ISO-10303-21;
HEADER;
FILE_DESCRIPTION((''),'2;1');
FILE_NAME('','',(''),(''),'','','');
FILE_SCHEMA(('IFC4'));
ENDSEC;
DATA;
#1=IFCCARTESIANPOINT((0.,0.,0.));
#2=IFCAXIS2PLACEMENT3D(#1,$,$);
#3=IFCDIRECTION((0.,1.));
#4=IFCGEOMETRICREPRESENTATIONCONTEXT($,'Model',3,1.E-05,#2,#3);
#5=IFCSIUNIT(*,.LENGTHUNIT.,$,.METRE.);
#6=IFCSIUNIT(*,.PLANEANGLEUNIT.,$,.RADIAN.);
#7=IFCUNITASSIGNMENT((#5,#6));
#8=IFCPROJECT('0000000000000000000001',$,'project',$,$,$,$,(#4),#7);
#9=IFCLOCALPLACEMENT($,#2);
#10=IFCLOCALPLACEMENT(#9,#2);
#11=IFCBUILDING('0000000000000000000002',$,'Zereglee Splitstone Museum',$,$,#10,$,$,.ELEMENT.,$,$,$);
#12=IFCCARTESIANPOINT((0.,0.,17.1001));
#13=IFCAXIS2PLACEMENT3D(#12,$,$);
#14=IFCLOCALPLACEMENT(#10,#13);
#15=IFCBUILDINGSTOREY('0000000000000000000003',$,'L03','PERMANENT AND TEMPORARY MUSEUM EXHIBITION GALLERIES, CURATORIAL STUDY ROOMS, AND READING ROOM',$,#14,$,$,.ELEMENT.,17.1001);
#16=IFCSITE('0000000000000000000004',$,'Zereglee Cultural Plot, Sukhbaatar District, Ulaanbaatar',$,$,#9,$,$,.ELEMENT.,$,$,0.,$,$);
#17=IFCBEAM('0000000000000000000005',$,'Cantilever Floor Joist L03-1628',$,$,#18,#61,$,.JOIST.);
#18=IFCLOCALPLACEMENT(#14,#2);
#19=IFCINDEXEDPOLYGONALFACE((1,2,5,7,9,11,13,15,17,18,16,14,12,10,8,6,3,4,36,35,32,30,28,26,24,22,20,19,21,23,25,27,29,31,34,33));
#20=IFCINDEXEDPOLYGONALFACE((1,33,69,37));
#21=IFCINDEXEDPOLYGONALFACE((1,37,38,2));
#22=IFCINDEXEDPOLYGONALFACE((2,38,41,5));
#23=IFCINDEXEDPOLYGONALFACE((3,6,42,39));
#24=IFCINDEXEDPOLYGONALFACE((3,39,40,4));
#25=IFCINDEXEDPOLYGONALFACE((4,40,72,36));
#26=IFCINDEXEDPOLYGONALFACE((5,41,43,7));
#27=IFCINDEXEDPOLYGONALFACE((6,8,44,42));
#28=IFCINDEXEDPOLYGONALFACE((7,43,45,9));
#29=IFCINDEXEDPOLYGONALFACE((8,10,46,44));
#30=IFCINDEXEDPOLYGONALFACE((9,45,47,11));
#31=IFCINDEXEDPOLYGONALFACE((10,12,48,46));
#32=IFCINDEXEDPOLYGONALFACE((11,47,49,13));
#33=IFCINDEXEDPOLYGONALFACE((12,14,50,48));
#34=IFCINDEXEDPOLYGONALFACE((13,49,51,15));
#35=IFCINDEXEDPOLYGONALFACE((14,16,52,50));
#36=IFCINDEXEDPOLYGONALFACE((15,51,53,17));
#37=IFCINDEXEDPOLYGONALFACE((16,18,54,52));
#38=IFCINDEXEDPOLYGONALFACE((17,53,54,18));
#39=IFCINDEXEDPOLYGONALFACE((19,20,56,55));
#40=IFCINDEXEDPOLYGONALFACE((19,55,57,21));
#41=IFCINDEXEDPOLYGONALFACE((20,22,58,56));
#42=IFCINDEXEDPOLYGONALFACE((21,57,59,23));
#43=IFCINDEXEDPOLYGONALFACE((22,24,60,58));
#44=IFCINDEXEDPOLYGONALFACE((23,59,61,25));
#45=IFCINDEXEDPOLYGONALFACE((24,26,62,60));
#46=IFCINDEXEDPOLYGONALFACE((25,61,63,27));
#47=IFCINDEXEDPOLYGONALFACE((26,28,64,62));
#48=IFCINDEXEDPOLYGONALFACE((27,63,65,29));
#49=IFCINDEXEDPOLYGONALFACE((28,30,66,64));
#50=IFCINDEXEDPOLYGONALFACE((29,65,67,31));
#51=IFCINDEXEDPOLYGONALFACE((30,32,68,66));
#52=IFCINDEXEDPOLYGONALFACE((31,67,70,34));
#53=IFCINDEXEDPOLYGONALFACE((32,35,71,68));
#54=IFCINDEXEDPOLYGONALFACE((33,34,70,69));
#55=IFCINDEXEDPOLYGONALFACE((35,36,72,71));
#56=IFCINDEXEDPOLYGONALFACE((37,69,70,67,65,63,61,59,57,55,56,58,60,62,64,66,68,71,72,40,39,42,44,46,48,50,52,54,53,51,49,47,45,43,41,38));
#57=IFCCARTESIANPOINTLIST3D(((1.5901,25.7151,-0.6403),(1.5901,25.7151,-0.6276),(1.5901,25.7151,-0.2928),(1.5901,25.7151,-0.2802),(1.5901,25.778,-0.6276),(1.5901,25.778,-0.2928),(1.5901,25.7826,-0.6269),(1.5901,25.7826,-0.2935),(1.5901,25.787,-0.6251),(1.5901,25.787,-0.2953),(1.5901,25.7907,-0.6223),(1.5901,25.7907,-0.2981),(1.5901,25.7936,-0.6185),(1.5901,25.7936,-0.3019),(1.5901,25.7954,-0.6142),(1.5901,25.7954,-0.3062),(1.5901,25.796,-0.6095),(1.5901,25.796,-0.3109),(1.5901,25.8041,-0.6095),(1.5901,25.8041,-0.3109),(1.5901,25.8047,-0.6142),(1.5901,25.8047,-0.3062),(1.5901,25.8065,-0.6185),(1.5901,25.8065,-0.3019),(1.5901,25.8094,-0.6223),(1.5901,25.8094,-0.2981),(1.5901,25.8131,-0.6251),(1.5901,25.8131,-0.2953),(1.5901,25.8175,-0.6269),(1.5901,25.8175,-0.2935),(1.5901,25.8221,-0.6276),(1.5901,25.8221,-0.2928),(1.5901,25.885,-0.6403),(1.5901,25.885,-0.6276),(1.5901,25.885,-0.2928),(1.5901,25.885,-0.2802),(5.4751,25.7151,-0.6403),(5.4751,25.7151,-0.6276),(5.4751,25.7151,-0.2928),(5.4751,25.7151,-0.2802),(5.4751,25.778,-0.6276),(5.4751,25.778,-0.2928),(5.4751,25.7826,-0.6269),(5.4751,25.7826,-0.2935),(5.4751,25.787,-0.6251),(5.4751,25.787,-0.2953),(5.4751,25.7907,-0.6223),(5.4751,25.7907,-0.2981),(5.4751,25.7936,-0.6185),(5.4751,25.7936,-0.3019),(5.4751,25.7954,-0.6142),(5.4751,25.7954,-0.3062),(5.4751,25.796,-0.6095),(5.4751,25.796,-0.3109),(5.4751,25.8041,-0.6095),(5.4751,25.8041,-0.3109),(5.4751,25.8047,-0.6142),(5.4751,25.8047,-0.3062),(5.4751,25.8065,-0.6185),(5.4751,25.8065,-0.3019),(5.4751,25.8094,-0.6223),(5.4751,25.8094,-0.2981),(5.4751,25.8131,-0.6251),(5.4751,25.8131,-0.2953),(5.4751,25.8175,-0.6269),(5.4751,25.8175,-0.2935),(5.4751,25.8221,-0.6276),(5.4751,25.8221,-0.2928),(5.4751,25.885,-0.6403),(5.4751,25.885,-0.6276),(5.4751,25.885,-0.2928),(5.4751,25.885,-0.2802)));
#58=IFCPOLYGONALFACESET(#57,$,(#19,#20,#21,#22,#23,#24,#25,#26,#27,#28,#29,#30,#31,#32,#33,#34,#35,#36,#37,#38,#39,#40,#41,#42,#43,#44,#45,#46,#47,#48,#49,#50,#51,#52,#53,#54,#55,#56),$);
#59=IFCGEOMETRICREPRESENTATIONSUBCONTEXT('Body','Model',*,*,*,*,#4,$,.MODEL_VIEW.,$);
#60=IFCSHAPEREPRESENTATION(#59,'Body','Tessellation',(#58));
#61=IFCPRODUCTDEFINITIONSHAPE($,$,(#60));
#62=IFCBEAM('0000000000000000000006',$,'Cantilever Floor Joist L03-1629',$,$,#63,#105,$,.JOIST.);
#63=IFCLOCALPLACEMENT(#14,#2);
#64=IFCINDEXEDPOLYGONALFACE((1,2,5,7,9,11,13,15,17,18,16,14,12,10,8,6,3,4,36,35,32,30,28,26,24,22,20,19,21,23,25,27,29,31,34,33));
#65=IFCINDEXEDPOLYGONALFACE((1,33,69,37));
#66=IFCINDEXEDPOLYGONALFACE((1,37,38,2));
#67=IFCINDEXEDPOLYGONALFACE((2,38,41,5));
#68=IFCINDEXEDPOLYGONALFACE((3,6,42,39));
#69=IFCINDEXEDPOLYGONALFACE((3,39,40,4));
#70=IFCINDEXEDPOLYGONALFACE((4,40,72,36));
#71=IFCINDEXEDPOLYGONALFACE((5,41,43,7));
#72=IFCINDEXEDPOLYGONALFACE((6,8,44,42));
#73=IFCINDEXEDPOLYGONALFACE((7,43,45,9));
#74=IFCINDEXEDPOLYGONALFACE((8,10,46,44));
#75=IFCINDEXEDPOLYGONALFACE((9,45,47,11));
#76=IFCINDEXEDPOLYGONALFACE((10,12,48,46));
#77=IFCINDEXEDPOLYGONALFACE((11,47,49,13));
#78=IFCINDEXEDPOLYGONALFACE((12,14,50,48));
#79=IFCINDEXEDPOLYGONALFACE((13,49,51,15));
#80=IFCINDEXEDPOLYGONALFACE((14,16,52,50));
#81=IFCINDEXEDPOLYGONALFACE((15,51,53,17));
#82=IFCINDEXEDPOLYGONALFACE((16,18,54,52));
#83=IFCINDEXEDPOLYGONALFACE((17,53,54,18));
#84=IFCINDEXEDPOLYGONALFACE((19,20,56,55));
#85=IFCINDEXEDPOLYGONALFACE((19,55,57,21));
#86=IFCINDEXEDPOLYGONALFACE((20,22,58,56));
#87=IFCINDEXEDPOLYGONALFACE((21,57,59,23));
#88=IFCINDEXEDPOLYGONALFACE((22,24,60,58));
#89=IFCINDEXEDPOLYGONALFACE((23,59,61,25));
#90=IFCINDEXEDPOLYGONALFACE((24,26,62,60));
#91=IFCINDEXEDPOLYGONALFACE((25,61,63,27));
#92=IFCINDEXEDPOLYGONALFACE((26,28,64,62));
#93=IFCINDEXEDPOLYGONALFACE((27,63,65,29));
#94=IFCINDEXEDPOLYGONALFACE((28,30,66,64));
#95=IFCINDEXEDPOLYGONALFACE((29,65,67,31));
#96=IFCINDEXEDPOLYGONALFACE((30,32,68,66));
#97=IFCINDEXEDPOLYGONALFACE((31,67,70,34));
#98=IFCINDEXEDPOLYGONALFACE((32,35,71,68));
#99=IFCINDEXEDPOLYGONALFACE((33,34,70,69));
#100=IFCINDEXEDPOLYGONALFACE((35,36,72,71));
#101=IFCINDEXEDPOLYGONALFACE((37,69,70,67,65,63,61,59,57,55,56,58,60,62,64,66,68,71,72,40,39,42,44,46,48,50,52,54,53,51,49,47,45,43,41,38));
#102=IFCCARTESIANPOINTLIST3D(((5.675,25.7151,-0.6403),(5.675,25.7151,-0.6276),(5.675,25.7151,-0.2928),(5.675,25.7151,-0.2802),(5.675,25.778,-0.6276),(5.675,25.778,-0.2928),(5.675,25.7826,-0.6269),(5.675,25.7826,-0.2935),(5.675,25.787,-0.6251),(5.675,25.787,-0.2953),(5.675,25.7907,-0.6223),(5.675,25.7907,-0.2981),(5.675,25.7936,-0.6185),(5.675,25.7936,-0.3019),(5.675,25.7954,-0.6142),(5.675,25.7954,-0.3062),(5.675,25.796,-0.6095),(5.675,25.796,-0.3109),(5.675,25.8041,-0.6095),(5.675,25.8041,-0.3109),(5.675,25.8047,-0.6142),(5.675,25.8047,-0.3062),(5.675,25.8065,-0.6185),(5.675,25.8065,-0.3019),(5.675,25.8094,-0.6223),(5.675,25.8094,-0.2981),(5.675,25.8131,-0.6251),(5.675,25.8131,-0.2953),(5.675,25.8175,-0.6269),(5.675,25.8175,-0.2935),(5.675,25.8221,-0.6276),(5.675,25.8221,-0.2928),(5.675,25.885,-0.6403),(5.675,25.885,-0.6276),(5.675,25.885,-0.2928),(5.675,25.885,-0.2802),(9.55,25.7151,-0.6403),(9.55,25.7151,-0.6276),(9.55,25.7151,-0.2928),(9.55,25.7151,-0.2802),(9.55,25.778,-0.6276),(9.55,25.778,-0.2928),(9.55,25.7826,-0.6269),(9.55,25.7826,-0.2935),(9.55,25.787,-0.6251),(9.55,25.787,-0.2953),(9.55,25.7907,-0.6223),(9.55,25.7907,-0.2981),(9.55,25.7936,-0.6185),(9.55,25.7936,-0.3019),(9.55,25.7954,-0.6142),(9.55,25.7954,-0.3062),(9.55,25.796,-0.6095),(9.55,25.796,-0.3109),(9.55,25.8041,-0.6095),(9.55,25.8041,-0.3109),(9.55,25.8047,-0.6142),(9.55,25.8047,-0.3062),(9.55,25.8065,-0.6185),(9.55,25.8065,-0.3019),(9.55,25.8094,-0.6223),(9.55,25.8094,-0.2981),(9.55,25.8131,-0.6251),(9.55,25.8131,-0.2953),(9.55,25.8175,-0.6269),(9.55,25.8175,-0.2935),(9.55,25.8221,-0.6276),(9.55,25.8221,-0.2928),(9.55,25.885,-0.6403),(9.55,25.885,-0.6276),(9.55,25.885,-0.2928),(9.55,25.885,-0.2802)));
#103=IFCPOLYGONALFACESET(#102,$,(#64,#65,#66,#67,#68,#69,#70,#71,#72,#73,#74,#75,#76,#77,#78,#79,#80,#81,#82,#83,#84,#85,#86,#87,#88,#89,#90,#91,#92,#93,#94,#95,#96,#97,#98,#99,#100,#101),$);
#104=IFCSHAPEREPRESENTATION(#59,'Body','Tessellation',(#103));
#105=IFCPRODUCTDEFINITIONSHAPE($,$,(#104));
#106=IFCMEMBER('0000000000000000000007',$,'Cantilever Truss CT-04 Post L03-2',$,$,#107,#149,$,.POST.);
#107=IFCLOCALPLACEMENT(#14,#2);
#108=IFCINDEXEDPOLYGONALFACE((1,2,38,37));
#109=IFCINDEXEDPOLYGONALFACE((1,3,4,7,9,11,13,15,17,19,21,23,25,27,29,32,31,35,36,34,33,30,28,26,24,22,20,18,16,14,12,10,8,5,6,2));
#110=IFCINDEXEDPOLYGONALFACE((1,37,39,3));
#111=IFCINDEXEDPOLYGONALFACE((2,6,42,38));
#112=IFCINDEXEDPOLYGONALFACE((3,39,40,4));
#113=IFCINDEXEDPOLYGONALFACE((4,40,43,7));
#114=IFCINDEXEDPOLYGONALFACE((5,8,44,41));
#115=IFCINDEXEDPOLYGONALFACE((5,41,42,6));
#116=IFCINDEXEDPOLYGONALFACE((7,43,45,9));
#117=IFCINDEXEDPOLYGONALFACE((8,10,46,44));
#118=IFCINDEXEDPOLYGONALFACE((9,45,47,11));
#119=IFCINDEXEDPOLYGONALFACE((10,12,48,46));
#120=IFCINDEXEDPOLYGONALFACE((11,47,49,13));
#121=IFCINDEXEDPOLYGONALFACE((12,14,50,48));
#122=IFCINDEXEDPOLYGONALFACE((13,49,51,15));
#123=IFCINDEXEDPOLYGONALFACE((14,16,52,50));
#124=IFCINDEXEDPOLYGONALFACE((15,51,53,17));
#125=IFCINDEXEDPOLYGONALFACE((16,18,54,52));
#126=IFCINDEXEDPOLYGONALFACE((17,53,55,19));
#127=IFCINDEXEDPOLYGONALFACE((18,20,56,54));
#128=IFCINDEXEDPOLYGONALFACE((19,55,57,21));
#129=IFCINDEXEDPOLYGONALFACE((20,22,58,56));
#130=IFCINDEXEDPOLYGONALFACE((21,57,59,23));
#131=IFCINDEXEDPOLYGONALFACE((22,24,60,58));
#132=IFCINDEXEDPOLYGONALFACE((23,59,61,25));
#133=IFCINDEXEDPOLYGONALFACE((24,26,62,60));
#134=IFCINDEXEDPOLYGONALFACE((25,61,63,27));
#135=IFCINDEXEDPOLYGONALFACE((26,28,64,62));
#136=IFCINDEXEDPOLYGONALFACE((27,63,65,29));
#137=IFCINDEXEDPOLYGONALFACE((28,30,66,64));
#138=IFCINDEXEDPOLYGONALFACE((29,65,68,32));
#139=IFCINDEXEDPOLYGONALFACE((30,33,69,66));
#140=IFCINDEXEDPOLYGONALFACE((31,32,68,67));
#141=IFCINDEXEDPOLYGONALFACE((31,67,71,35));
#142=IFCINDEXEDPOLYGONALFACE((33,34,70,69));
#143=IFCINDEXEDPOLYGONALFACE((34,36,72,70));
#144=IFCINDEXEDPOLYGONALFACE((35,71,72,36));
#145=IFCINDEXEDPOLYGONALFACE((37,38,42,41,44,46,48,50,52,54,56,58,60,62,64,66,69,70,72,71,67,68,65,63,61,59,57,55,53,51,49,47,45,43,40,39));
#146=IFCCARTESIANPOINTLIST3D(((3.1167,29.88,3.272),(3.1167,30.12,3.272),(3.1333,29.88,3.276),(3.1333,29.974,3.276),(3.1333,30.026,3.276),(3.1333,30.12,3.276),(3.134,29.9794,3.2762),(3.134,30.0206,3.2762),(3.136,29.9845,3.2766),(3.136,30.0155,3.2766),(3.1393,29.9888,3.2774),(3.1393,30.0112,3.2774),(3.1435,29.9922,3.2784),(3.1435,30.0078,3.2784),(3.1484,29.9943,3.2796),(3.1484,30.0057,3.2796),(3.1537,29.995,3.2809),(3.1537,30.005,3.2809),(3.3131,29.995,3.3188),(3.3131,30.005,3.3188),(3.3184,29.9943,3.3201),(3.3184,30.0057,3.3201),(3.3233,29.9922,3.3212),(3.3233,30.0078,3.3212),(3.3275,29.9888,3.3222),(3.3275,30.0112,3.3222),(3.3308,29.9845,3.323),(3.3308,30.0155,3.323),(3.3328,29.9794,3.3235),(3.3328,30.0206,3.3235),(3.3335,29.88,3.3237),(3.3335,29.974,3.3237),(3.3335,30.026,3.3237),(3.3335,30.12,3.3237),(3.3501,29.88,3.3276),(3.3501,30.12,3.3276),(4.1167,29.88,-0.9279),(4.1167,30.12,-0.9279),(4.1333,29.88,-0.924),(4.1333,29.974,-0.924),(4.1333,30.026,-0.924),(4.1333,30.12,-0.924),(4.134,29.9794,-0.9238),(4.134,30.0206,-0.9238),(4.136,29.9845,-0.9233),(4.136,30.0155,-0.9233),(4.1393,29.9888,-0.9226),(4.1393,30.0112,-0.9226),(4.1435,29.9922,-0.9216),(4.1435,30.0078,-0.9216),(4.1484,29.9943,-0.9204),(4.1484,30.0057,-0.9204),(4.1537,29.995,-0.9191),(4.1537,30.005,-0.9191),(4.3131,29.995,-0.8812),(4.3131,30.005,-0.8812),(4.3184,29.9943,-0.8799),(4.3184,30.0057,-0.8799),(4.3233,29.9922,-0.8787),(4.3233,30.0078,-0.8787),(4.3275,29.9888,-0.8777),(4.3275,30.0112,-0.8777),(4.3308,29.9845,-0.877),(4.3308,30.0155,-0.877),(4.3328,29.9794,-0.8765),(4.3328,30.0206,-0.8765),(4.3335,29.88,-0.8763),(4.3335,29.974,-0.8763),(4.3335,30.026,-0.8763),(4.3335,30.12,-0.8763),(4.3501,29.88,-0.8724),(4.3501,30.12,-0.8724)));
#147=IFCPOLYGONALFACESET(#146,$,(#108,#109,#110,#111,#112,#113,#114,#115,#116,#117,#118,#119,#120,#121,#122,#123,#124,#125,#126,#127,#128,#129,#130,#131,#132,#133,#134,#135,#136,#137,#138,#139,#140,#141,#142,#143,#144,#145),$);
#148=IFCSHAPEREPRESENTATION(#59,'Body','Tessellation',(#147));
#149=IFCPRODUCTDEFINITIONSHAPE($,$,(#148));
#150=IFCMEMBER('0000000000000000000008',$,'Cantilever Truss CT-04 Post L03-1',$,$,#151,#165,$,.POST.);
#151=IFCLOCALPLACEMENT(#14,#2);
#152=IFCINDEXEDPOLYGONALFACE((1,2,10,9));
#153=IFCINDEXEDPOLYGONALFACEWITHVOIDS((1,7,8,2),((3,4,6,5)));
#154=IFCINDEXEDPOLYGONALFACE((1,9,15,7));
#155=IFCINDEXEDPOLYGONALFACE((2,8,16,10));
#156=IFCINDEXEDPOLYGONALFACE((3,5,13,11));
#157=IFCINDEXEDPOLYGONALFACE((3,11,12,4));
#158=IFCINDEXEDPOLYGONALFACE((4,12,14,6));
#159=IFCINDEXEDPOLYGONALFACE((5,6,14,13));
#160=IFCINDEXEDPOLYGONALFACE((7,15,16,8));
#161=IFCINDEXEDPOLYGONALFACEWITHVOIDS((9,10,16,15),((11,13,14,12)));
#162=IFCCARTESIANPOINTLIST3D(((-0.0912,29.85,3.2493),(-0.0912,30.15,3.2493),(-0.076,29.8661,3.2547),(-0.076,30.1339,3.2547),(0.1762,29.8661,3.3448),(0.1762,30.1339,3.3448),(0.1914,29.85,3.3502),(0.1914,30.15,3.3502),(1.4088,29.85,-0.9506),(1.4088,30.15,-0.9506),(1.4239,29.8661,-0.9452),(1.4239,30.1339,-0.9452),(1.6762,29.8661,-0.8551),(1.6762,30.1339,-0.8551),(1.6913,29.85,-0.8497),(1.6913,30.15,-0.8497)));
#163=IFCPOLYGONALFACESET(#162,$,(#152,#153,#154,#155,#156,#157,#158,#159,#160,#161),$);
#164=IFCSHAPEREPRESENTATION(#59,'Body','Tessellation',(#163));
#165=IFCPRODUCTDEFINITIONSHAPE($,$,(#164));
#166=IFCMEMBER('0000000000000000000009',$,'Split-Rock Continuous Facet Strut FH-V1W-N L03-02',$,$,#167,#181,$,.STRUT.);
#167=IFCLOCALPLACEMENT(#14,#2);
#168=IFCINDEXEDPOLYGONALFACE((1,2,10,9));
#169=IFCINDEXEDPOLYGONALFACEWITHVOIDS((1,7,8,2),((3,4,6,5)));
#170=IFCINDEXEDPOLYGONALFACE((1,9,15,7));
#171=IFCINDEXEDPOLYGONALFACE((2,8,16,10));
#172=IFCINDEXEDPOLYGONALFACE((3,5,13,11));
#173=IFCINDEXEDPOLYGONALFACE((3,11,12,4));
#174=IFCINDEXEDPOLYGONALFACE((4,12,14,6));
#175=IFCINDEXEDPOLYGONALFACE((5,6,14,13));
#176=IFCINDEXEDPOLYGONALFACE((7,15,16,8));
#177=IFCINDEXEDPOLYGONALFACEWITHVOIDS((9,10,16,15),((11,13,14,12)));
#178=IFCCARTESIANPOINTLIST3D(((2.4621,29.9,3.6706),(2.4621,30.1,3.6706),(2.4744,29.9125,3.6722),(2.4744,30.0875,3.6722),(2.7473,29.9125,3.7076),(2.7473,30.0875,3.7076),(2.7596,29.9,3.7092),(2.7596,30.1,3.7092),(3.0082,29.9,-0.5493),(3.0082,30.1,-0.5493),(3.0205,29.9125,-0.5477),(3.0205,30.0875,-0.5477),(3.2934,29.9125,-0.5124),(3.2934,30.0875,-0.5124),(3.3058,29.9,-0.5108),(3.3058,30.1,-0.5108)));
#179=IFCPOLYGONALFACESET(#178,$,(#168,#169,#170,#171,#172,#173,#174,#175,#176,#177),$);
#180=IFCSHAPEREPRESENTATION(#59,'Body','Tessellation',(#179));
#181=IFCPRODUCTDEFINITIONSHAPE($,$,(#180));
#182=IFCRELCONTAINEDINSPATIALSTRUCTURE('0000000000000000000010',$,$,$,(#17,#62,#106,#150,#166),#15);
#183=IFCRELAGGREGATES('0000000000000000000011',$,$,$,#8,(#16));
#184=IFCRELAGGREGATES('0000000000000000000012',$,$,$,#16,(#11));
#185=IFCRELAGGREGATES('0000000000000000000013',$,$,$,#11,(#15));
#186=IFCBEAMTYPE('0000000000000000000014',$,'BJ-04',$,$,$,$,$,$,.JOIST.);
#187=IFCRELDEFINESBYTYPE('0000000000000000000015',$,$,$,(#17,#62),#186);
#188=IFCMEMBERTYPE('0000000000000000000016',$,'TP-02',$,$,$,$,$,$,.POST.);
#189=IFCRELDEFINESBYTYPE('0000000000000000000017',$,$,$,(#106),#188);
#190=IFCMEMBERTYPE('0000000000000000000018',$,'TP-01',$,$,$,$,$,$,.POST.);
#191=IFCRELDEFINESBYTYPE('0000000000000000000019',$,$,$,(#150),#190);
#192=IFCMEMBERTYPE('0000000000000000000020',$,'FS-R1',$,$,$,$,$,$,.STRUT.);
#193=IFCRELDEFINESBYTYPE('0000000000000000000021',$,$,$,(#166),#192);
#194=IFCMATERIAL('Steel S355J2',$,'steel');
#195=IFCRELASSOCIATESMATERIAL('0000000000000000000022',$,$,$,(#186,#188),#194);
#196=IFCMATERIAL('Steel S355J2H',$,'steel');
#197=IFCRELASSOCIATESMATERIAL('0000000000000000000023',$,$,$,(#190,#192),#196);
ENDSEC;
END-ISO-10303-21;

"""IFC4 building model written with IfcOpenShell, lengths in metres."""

from ifc_helpers import new_model, si_unit, direction, frame, origin, origin_2d, place, context, subcontext, project, spatial, hollow_rectangle, i_section, extrude, material, material_profile, profile_set, type_object, element, save


model = new_model("IFC4")

# Units and contexts
model_context = context("Model", 3, precision=1e-05, world=origin(), true_north=direction((0.0, 1.0)))
body_context = subcontext(model_context, "Body", "Model", "MODEL_VIEW")
ifc_project = project(units=[si_unit("LENGTHUNIT", "METRE"), si_unit("PLANEANGLEUNIT", "RADIAN")], contexts=[model_context])

# Site, building, storey
site_placement = place(None, origin())
site = spatial("IfcSite", under=ifc_project, at=site_placement, Name="Zereglee Cultural Plot, Sukhbaatar District, Ulaanbaatar", CompositionType="ELEMENT", RefElevation=0.0)
building_placement = place(site_placement, origin())
building = spatial("IfcBuilding", under=site, at=building_placement, Name="Zereglee Splitstone Museum", CompositionType="ELEMENT")
storey_placement = place(building_placement, frame((0.0, 0.0, 17.1001)))
storey = spatial("IfcBuildingStorey", under=building, at=storey_placement, Name="L03", Description="PERMANENT AND TEMPORARY MUSEUM EXHIBITION GALLERIES, CURATORIAL STUDY ROOMS, AND READING ROOM", CompositionType="ELEMENT", Elevation=17.1001)

# Shared definitions
ifc_material_1 = material(Name="Steel S355J2H", Category="steel")
ifc_material_2 = material(Name="Steel S355J2", Category="steel")

# Beams
ifc_material_profile_1 = material_profile(ifc_material_2, i_section(OverallWidth=0.1699, OverallDepth=0.3601, WebThickness=0.0081, FlangeThickness=0.0127, FilletRadius=0.0181, at=origin_2d()), Name="IPE 360")
ifc_profile_set_1 = profile_set([ifc_material_profile_1], Name="Steel S355J2")
beam_type_1 = type_object("IfcBeamType", Name="BJ-04", PredefinedType="JOIST", material=ifc_profile_set_1)
beam_1_placement = place(storey_placement, frame((1.5901, 25.8, -0.4602), z_axis=(1.0, 0.0, 0.0), x_axis=(0.0, 1.0, 0.0)))
element("IfcBeam", 1, at=beam_1_placement, inside=storey, type_object=beam_type_1, Name="Cantilever Floor Joist L03-1628", PredefinedType="JOIST", context=body_context, shape_type="SweptSolid", body=[
    extrude(i_section(OverallWidth=0.1699, OverallDepth=0.3601, WebThickness=0.0081, FlangeThickness=0.0127, FilletRadius=0.0181, at=origin_2d()), origin(), (0.0, 0.0, 1.0), 3.885),
])
beam_2_placement = place(storey_placement, frame((5.675, 25.8, -0.4602), z_axis=(1.0, 0.0, 0.0), x_axis=(0.0, 1.0, 0.0)))
element("IfcBeam", 2, at=beam_2_placement, inside=storey, type_object=beam_type_1, Name="Cantilever Floor Joist L03-1629", PredefinedType="JOIST", context=body_context, shape_type="SweptSolid", body=[
    extrude(i_section(OverallWidth=0.1699, OverallDepth=0.3601, WebThickness=0.0081, FlangeThickness=0.0127, FilletRadius=0.0181, at=origin_2d()), origin(), (0.0, 0.0, 1.0), 3.875),
])

# Members
ifc_material_profile_2 = material_profile(ifc_material_2, i_section(OverallWidth=0.24, OverallDepth=0.24, WebThickness=0.01, FlangeThickness=0.0171, FilletRadius=0.021, at=origin_2d()), Name="HE 240 B")
ifc_profile_set_2 = profile_set([ifc_material_profile_2], Name="Steel S355J2")
member_type_1 = type_object("IfcMemberType", Name="TP-02", PredefinedType="POST", material=ifc_profile_set_2)
member_1_placement = place(storey_placement, frame((4.2334, 30.0, -0.9001), z_axis=(-0.231623, 0.0, 0.972806), x_axis=(0.0, -1.0, 0.0)))
element("IfcMember", 3, at=member_1_placement, inside=storey, type_object=member_type_1, Name="Cantilever Truss CT-04 Post L03-2", PredefinedType="POST", context=body_context, shape_type="SweptSolid", body=[
    extrude(i_section(OverallWidth=0.24, OverallDepth=0.24, WebThickness=0.01, FlangeThickness=0.0171, FilletRadius=0.021, at=origin_2d()), origin(), (0.0, 0.0, 1.0), 4.3174),
])
ifc_material_profile_3 = material_profile(ifc_material_1, hollow_rectangle(XDim=0.3, YDim=0.3, WallThickness=0.0161, at=origin_2d()), Name="SHS 300x300x16")
ifc_profile_set_3 = profile_set([ifc_material_profile_3], Name="Steel S355J2H")
member_type_2 = type_object("IfcMemberType", Name="TP-01", PredefinedType="POST", material=ifc_profile_set_3)
member_2_placement = place(storey_placement, frame((1.55, 30.0, -0.9001), z_axis=(-0.33634, 0.0, 0.941741), x_axis=(0.0, -1.0, 0.0)))
element("IfcMember", 4, at=member_2_placement, inside=storey, type_object=member_type_2, Name="Cantilever Truss CT-04 Post L03-1", PredefinedType="POST", context=body_context, shape_type="SweptSolid", body=[
    extrude(hollow_rectangle(XDim=0.3, YDim=0.3, WallThickness=0.0161, at=origin_2d()), origin(), (0.0, 0.0, 1.0), 4.4597),
])
ifc_material_profile_4 = material_profile(ifc_material_1, hollow_rectangle(XDim=0.2, YDim=0.3, WallThickness=0.0125, at=origin_2d()), Name="RHS 300x200x12.5")
ifc_profile_set_4 = profile_set([ifc_material_profile_4], Name="Steel S355J2H")
member_type_3 = type_object("IfcMemberType", Name="FS-R1", PredefinedType="STRUT", material=ifc_profile_set_4)
member_3_placement = place(storey_placement, frame((3.157, 30.0, -0.53), z_axis=(-0.128348, 0.0, 0.991729), x_axis=(0.0, -1.0, 0.0)))
element("IfcMember", 5, at=member_3_placement, inside=storey, type_object=member_type_3, Name="Split-Rock Continuous Facet Strut FH-V1W-N L03-02", PredefinedType="STRUT", context=body_context, shape_type="SweptSolid", body=[
    extrude(hollow_rectangle(XDim=0.2, YDim=0.3, WallThickness=0.0125, at=origin_2d()), origin(), (0.0, 0.0, 1.0), 4.2551),
])

save(model, "model.ifc")
